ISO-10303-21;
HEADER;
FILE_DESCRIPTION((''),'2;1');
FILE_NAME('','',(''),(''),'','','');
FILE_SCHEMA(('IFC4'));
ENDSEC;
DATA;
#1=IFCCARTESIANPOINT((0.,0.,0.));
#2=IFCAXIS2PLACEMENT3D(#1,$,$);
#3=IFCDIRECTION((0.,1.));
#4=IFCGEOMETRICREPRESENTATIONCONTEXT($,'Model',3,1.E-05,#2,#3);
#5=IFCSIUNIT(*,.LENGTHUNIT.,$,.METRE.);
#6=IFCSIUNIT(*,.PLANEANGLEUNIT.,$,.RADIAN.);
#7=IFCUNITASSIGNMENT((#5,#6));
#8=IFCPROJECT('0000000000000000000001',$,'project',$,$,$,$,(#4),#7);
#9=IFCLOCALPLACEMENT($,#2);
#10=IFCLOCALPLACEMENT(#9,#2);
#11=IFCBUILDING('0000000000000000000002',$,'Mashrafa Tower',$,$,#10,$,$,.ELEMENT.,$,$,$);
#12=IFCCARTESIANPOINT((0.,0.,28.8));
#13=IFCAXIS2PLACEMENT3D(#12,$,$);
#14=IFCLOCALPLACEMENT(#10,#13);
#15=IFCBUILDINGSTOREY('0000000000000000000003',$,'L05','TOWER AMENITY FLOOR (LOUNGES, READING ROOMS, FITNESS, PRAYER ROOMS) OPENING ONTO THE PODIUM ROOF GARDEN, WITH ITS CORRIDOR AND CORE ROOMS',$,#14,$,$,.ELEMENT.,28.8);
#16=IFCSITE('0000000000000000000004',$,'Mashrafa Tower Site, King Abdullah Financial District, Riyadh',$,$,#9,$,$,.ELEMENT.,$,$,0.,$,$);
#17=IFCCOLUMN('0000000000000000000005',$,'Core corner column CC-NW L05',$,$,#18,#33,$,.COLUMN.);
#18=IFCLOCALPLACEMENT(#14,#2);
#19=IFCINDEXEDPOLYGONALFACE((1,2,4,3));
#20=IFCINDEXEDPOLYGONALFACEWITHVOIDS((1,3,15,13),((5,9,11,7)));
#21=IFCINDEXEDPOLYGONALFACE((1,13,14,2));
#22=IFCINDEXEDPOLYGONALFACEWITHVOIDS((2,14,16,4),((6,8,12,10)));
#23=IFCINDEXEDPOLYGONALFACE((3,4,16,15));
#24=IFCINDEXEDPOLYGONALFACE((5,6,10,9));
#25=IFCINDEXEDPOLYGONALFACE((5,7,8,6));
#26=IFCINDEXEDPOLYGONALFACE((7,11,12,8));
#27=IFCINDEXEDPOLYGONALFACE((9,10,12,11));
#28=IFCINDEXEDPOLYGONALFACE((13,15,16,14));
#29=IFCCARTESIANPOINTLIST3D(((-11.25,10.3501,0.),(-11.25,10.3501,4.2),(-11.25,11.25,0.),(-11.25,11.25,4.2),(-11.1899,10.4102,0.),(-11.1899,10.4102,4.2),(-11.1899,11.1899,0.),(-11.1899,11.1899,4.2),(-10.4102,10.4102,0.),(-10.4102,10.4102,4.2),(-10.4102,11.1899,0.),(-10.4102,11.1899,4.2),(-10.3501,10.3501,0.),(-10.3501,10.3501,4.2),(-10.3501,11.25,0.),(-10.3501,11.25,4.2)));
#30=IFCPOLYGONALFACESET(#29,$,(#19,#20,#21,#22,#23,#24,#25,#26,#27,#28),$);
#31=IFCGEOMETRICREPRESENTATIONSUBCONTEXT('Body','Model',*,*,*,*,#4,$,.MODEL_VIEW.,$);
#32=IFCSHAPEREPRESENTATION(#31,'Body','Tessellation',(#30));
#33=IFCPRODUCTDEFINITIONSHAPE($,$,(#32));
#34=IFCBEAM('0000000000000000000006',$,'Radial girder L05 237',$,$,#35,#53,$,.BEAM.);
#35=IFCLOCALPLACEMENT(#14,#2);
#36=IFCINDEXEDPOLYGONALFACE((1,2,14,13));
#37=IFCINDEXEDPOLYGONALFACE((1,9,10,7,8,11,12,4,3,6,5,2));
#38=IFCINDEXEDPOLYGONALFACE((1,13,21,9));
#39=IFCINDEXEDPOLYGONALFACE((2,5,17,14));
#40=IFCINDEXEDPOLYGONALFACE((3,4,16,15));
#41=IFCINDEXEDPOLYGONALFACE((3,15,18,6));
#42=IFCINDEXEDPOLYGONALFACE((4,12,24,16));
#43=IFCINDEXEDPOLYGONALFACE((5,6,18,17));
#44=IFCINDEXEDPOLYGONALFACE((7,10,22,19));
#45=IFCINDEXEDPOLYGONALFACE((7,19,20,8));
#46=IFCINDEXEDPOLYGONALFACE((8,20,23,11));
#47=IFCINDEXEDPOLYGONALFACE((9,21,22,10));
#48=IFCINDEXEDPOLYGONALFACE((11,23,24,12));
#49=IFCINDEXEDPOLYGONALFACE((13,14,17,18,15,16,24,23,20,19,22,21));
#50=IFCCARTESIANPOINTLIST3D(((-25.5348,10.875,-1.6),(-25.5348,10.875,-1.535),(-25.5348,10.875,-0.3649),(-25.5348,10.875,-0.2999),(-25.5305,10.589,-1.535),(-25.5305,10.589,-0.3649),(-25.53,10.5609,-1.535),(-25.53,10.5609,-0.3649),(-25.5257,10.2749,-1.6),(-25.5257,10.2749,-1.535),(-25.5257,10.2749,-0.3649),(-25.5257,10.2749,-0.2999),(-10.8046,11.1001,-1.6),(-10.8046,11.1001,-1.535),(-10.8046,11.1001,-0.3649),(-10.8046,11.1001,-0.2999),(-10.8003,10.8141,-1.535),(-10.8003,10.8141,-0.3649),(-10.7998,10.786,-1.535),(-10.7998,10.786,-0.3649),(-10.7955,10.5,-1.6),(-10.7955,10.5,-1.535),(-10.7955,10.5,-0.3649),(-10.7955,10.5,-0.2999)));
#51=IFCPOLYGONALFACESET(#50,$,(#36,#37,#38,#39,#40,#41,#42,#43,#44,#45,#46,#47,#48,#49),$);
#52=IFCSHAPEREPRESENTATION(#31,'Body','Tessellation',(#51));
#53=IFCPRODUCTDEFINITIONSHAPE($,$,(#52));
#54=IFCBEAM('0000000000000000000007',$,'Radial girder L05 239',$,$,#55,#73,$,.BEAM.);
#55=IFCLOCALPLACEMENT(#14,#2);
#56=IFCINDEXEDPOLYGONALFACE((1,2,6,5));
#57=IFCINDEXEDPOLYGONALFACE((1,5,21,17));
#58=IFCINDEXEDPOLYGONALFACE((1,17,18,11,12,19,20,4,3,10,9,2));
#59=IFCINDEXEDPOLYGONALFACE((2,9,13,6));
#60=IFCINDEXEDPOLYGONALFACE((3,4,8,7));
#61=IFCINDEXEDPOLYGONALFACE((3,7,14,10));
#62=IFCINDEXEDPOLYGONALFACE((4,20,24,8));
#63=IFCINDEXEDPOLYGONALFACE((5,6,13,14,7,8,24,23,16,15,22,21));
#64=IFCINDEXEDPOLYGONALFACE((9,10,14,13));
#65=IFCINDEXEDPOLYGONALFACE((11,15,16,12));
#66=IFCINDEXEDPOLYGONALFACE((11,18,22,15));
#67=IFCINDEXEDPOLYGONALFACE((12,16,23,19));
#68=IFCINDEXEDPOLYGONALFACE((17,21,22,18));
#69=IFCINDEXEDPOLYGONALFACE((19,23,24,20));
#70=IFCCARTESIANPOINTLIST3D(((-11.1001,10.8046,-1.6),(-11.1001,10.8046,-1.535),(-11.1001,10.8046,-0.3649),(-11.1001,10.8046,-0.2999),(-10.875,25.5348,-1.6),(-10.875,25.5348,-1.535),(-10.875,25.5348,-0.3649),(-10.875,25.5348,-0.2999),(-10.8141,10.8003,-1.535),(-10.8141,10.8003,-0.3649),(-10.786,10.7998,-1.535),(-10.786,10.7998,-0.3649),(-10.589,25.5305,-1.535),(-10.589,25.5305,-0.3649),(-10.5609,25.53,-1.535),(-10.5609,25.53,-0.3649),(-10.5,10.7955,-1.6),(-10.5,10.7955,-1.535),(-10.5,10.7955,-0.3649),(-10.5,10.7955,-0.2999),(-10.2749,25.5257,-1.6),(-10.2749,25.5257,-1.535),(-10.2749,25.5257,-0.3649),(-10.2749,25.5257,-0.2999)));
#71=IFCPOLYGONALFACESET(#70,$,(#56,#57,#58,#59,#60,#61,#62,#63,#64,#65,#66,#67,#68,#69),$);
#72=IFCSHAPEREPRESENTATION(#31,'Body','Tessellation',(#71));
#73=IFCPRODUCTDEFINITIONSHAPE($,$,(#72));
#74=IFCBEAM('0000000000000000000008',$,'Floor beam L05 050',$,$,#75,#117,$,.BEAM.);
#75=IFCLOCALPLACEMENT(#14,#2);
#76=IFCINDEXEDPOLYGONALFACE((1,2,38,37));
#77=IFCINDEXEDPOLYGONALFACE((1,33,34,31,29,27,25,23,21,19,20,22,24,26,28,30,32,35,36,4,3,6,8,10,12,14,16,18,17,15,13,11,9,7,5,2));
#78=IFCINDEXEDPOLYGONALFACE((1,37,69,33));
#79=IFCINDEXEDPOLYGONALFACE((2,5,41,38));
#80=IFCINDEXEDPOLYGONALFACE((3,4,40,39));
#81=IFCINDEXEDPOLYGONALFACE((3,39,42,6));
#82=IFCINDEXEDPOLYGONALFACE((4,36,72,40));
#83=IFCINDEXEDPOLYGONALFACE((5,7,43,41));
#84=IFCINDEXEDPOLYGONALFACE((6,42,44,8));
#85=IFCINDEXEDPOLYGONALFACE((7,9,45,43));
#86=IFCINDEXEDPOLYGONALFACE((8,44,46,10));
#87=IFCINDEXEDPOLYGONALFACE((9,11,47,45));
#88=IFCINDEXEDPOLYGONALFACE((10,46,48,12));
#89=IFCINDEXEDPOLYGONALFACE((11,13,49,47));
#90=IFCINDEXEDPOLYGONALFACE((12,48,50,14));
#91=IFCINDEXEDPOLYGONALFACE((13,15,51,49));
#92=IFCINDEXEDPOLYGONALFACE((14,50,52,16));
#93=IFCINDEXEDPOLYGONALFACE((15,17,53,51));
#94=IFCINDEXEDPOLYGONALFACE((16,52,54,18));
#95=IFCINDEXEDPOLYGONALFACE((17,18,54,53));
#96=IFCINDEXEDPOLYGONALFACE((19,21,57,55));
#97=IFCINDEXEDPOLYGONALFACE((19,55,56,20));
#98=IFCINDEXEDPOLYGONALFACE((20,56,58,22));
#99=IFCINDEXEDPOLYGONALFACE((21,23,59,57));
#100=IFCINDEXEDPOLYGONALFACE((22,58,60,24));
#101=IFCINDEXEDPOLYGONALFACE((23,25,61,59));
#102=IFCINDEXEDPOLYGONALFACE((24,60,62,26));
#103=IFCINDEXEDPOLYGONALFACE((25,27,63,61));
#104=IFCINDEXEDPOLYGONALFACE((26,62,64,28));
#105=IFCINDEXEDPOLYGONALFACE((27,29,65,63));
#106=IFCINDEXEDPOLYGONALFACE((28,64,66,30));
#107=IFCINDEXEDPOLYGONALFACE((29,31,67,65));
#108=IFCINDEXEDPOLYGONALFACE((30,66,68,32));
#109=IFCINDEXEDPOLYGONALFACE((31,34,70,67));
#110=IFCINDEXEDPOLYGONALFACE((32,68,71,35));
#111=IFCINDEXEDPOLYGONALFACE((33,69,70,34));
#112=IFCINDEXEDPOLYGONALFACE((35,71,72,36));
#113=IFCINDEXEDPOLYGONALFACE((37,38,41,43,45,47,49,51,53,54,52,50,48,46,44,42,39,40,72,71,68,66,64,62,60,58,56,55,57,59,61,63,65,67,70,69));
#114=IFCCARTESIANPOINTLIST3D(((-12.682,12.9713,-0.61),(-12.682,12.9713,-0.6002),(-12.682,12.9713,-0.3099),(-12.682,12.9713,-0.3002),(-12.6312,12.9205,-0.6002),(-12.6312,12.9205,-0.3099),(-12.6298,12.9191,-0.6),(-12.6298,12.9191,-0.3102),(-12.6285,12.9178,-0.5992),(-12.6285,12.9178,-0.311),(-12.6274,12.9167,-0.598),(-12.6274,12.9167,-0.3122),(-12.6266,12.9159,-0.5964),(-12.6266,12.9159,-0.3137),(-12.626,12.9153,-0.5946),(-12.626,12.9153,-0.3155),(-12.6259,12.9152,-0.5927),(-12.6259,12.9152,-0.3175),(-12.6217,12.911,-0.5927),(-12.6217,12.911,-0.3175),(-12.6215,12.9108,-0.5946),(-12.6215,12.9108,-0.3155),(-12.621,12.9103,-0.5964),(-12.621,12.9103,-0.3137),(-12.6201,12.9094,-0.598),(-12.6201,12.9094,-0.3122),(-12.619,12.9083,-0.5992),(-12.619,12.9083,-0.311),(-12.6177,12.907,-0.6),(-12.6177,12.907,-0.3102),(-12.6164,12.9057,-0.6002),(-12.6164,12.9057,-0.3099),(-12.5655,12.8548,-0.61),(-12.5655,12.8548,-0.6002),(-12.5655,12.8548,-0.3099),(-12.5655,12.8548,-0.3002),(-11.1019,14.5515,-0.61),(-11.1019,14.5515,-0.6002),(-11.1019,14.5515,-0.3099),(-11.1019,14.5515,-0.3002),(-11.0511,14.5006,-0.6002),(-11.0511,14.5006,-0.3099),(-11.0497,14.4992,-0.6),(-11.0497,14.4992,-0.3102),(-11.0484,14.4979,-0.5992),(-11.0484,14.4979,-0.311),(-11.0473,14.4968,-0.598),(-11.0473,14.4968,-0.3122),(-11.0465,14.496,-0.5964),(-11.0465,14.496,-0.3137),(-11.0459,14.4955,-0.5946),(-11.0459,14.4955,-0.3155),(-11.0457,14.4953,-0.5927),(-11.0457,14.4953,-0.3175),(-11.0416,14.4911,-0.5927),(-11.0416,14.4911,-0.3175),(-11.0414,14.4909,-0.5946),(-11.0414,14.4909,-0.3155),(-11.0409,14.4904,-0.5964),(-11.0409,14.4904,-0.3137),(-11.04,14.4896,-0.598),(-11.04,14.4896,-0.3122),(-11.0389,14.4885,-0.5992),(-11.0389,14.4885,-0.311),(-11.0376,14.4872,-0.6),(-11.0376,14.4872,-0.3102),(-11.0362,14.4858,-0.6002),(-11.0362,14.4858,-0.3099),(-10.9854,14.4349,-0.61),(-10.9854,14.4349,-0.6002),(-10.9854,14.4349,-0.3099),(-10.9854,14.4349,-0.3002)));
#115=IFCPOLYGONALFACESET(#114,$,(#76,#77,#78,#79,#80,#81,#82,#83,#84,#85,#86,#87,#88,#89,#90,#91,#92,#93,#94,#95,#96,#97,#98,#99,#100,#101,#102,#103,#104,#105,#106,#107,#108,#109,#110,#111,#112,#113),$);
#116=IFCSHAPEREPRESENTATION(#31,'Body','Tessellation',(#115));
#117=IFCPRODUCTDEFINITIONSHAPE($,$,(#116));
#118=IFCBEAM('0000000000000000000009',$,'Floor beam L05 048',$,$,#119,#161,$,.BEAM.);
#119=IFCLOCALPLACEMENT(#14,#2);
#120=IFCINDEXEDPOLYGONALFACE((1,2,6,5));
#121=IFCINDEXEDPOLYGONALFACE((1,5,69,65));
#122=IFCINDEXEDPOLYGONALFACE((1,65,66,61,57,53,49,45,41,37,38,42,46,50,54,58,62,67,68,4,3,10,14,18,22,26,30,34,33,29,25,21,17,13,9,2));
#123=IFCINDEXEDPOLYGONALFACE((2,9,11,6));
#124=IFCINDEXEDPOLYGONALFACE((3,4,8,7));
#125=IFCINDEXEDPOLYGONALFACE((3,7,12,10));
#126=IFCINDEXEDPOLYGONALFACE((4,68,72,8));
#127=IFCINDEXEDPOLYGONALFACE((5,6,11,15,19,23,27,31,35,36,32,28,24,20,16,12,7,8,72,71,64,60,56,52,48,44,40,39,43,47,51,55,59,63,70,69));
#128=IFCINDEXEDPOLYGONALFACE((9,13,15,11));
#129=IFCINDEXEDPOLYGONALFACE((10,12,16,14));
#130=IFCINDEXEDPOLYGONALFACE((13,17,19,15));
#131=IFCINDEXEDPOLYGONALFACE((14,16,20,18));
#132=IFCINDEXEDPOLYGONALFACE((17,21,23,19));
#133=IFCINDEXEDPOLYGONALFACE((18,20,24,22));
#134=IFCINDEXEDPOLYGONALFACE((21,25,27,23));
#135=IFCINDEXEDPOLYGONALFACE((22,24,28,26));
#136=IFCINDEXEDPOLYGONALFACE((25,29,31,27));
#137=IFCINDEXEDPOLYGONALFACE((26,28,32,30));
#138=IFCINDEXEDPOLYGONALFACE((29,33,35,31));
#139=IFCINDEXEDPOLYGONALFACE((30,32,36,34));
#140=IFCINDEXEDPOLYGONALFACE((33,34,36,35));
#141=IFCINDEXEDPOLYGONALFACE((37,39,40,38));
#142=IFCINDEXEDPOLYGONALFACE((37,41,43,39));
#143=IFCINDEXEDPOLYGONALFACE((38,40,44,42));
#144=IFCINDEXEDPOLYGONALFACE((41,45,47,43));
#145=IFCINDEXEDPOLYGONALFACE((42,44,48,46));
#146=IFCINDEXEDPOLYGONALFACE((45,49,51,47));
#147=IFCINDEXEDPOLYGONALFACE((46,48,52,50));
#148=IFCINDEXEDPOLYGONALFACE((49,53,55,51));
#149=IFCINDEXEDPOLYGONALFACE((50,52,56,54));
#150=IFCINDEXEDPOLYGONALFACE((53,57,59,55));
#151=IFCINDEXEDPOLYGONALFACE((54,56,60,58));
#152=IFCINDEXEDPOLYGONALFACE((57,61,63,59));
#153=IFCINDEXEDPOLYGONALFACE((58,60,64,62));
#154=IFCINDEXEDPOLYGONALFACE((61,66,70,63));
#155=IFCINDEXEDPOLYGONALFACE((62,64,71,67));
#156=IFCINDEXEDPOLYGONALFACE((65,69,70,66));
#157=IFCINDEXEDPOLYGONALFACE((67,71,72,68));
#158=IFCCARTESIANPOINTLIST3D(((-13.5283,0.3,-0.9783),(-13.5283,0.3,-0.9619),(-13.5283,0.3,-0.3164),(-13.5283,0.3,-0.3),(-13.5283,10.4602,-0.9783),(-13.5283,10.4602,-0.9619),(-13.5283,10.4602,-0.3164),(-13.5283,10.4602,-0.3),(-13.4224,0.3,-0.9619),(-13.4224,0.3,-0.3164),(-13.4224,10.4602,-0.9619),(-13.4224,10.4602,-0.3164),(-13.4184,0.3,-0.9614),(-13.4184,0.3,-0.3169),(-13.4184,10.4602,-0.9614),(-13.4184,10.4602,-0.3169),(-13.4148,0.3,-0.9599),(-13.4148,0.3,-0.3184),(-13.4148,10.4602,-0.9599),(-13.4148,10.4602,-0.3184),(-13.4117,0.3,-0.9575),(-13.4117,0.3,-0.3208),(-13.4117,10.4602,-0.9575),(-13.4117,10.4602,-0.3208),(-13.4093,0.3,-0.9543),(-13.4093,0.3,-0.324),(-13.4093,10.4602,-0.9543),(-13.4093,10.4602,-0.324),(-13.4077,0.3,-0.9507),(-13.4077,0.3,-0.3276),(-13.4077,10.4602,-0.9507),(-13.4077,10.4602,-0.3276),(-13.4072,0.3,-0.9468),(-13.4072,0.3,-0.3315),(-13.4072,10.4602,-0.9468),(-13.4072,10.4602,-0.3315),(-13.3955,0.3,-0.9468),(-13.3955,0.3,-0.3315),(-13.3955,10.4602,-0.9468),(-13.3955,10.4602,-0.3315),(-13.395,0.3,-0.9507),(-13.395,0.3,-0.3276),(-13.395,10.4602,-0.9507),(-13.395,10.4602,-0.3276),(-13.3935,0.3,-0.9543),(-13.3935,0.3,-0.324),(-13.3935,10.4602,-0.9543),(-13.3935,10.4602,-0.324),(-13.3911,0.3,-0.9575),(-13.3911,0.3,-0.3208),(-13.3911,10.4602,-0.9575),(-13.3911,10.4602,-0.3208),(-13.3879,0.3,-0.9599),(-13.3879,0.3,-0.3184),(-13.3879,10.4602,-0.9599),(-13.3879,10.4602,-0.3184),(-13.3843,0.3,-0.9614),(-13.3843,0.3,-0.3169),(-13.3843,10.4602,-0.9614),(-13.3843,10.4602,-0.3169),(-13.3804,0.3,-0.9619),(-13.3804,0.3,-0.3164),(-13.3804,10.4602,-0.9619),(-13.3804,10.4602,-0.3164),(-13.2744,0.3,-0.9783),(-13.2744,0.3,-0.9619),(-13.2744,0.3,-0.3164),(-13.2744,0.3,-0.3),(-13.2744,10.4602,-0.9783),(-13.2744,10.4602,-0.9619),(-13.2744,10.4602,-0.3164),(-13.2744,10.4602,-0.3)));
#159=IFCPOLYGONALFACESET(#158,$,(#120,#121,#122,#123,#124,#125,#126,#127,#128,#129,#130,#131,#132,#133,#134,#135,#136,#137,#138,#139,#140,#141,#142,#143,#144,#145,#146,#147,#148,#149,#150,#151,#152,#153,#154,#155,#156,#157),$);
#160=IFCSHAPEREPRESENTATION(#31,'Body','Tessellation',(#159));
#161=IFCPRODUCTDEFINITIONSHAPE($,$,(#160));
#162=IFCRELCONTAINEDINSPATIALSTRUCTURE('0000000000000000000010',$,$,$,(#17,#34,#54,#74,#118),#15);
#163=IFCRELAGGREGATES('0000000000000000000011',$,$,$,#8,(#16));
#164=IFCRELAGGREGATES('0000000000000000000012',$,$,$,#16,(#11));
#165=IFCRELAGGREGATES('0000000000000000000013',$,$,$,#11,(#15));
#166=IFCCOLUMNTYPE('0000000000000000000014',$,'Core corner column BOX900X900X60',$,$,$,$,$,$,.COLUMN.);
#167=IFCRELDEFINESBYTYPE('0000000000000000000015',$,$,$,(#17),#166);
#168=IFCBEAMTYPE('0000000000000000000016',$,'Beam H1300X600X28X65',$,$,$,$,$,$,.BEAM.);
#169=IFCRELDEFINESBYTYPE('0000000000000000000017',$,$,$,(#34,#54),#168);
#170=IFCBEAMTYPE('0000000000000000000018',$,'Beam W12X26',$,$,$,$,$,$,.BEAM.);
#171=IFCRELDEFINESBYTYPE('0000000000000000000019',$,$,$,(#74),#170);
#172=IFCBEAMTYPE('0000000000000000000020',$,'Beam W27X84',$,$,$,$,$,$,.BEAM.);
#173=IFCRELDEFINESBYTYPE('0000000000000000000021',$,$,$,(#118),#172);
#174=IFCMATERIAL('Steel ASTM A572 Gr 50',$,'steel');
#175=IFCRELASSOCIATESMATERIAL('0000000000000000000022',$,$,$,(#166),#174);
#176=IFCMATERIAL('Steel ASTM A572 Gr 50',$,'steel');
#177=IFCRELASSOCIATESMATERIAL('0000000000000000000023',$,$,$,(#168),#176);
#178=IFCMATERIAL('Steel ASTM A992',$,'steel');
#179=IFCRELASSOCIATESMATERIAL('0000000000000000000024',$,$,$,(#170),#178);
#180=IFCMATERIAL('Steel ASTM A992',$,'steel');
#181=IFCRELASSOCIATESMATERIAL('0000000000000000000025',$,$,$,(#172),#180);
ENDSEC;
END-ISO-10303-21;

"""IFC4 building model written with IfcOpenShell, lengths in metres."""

from ifc_helpers import new_model, si_unit, direction, frame, origin, origin_2d, place, context, subcontext, project, spatial, hollow_rectangle, i_section, extrude, material, material_profile, profile_set, type_object, element, save


model = new_model("IFC4")

# Units and contexts
model_context = context("Model", 3, precision=1e-05, world=origin(), true_north=direction((0.0, 1.0)))
body_context = subcontext(model_context, "Body", "Model", "MODEL_VIEW")
ifc_project = project(units=[si_unit("LENGTHUNIT", "METRE"), si_unit("PLANEANGLEUNIT", "RADIAN")], contexts=[model_context])

# Site, building, storey
site_placement = place(None, origin())
site = spatial("IfcSite", under=ifc_project, at=site_placement, Name="Mashrafa Tower Site, King Abdullah Financial District, Riyadh", CompositionType="ELEMENT", RefElevation=0.0)
building_placement = place(site_placement, origin())
building = spatial("IfcBuilding", under=site, at=building_placement, Name="Mashrafa Tower", CompositionType="ELEMENT")
storey_placement = place(building_placement, frame((0.0, 0.0, 28.8)))
storey = spatial("IfcBuildingStorey", under=building, at=storey_placement, Name="L05", Description="TOWER AMENITY FLOOR (LOUNGES, READING ROOMS, FITNESS, PRAYER ROOMS) OPENING ONTO THE PODIUM ROOF GARDEN, WITH ITS CORRIDOR AND CORE ROOMS", CompositionType="ELEMENT", Elevation=28.8)

# Column
ifc_material_1 = material(Name="Steel ASTM A572 Gr 50", Category="steel")
ifc_material_profile_1 = material_profile(ifc_material_1, hollow_rectangle(XDim=0.8999, YDim=0.8999, WallThickness=0.0601, at=origin_2d()), Name="BOX900X900X60")
ifc_profile_set_1 = profile_set([ifc_material_profile_1], Name="Steel ASTM A572 Gr 50")
column_type = type_object("IfcColumnType", Name="Core corner column BOX900X900X60", PredefinedType="COLUMN", material=ifc_profile_set_1)
column_placement = place(storey_placement, frame((-10.8, 10.8, 0.0), z_axis=(0.0, 0.0, 1.0), x_axis=(1.0, 0.0, 0.0)))
element("IfcColumn", 1, at=column_placement, inside=storey, type_object=column_type, Name="Core corner column CC-NW L05", PredefinedType="COLUMN", context=body_context, shape_type="SweptSolid", body=[
    extrude(hollow_rectangle(XDim=0.8999, YDim=0.8999, WallThickness=0.0601, at=origin_2d()), origin(), (0.0, 0.0, 1.0), 4.2),
])

# Beams
ifc_material_2 = material(Name="Steel ASTM A572 Gr 50", Category="steel")
ifc_material_profile_2 = material_profile(ifc_material_2, i_section(OverallWidth=0.6001, OverallDepth=1.3, WebThickness=0.0281, FlangeThickness=0.0649, at=origin_2d()), Name="H1300X600X28X65")
ifc_profile_set_2 = profile_set([ifc_material_profile_2], Name="Steel ASTM A572 Gr 50")
beam_type_1 = type_object("IfcBeamType", Name="Beam H1300X600X28X65", PredefinedType="BEAM", material=ifc_profile_set_2)
for number, where, z_axis, x_axis, name in (
    (2, (-10.8, 10.8, -0.95), (-0.999883, -0.01528, 0.0), (0.01528, -0.999883, 0.0), "Radial girder L05 237"),
    (3, (-10.8, 10.8, -0.95), (0.01528, 0.999883, 0.0), (-0.999883, 0.01528, 0.0), "Radial girder L05 239"),
):
    element("IfcBeam", number, at=place(storey_placement, frame(where, z_axis=z_axis, x_axis=x_axis)), inside=storey, type_object=beam_type_1, Name=name, PredefinedType="BEAM", context=body_context, shape_type="SweptSolid", body=[
        extrude(i_section(OverallWidth=0.6001, OverallDepth=1.3, WebThickness=0.0281, FlangeThickness=0.0649, at=origin_2d()), origin(), (0.0, 0.0, 1.0), 14.7319),
    ])
ifc_material_3 = material(Name="Steel ASTM A992", Category="steel")
ifc_material_profile_3 = material_profile(ifc_material_3, i_section(OverallWidth=0.1648, OverallDepth=0.3098, WebThickness=0.0059, FlangeThickness=0.0098, FilletRadius=0.0076, at=origin_2d()), Name="W12X26")
ifc_profile_set_3 = profile_set([ifc_material_profile_3], Name="Steel ASTM A992")
beam_type_2 = type_object("IfcBeamType", Name="Beam W12X26", PredefinedType="BEAM", material=ifc_profile_set_3)
beam_1_placement = place(storey_placement, frame((-12.6238, 12.9131, -0.4551), z_axis=(0.707107, 0.707107, 0.0), x_axis=(-0.707107, 0.707107, 0.0)))
element("IfcBeam", 4, at=beam_1_placement, inside=storey, type_object=beam_type_2, Name="Floor beam L05 050", PredefinedType="BEAM", context=body_context, shape_type="SweptSolid", body=[
    extrude(i_section(OverallWidth=0.1648, OverallDepth=0.3098, WebThickness=0.0059, FlangeThickness=0.0098, FilletRadius=0.0076, at=origin_2d()), origin(), (0.0, 0.0, 1.0), 2.2346),
])
ifc_material_4 = material(Name="Steel ASTM A992", Category="steel")
ifc_material_profile_4 = material_profile(ifc_material_4, i_section(OverallWidth=0.2539, OverallDepth=0.6782, WebThickness=0.0117, FlangeThickness=0.0164, FilletRadius=0.0151, at=origin_2d()), Name="W27X84")
ifc_profile_set_4 = profile_set([ifc_material_profile_4], Name="Steel ASTM A992")
beam_type_3 = type_object("IfcBeamType", Name="Beam W27X84", PredefinedType="BEAM", material=ifc_profile_set_4)
for number, where, z_axis, x_axis, name in (
    (5, (-13.4014, 0.3, -0.6392), (0.0, 1.0, 0.0), (-1.0, 0.0, 0.0), "Floor beam L05 048"),
):
    element("IfcBeam", number, at=place(storey_placement, frame(where, z_axis=z_axis, x_axis=x_axis)), inside=storey, type_object=beam_type_3, Name=name, PredefinedType="BEAM", context=body_context, shape_type="SweptSolid", body=[
        extrude(i_section(OverallWidth=0.2539, OverallDepth=0.6782, WebThickness=0.0117, FlangeThickness=0.0164, FilletRadius=0.0151, at=origin_2d()), origin(), (0.0, 0.0, 1.0), 10.1602),
    ])

save(model, "model.ifc")
